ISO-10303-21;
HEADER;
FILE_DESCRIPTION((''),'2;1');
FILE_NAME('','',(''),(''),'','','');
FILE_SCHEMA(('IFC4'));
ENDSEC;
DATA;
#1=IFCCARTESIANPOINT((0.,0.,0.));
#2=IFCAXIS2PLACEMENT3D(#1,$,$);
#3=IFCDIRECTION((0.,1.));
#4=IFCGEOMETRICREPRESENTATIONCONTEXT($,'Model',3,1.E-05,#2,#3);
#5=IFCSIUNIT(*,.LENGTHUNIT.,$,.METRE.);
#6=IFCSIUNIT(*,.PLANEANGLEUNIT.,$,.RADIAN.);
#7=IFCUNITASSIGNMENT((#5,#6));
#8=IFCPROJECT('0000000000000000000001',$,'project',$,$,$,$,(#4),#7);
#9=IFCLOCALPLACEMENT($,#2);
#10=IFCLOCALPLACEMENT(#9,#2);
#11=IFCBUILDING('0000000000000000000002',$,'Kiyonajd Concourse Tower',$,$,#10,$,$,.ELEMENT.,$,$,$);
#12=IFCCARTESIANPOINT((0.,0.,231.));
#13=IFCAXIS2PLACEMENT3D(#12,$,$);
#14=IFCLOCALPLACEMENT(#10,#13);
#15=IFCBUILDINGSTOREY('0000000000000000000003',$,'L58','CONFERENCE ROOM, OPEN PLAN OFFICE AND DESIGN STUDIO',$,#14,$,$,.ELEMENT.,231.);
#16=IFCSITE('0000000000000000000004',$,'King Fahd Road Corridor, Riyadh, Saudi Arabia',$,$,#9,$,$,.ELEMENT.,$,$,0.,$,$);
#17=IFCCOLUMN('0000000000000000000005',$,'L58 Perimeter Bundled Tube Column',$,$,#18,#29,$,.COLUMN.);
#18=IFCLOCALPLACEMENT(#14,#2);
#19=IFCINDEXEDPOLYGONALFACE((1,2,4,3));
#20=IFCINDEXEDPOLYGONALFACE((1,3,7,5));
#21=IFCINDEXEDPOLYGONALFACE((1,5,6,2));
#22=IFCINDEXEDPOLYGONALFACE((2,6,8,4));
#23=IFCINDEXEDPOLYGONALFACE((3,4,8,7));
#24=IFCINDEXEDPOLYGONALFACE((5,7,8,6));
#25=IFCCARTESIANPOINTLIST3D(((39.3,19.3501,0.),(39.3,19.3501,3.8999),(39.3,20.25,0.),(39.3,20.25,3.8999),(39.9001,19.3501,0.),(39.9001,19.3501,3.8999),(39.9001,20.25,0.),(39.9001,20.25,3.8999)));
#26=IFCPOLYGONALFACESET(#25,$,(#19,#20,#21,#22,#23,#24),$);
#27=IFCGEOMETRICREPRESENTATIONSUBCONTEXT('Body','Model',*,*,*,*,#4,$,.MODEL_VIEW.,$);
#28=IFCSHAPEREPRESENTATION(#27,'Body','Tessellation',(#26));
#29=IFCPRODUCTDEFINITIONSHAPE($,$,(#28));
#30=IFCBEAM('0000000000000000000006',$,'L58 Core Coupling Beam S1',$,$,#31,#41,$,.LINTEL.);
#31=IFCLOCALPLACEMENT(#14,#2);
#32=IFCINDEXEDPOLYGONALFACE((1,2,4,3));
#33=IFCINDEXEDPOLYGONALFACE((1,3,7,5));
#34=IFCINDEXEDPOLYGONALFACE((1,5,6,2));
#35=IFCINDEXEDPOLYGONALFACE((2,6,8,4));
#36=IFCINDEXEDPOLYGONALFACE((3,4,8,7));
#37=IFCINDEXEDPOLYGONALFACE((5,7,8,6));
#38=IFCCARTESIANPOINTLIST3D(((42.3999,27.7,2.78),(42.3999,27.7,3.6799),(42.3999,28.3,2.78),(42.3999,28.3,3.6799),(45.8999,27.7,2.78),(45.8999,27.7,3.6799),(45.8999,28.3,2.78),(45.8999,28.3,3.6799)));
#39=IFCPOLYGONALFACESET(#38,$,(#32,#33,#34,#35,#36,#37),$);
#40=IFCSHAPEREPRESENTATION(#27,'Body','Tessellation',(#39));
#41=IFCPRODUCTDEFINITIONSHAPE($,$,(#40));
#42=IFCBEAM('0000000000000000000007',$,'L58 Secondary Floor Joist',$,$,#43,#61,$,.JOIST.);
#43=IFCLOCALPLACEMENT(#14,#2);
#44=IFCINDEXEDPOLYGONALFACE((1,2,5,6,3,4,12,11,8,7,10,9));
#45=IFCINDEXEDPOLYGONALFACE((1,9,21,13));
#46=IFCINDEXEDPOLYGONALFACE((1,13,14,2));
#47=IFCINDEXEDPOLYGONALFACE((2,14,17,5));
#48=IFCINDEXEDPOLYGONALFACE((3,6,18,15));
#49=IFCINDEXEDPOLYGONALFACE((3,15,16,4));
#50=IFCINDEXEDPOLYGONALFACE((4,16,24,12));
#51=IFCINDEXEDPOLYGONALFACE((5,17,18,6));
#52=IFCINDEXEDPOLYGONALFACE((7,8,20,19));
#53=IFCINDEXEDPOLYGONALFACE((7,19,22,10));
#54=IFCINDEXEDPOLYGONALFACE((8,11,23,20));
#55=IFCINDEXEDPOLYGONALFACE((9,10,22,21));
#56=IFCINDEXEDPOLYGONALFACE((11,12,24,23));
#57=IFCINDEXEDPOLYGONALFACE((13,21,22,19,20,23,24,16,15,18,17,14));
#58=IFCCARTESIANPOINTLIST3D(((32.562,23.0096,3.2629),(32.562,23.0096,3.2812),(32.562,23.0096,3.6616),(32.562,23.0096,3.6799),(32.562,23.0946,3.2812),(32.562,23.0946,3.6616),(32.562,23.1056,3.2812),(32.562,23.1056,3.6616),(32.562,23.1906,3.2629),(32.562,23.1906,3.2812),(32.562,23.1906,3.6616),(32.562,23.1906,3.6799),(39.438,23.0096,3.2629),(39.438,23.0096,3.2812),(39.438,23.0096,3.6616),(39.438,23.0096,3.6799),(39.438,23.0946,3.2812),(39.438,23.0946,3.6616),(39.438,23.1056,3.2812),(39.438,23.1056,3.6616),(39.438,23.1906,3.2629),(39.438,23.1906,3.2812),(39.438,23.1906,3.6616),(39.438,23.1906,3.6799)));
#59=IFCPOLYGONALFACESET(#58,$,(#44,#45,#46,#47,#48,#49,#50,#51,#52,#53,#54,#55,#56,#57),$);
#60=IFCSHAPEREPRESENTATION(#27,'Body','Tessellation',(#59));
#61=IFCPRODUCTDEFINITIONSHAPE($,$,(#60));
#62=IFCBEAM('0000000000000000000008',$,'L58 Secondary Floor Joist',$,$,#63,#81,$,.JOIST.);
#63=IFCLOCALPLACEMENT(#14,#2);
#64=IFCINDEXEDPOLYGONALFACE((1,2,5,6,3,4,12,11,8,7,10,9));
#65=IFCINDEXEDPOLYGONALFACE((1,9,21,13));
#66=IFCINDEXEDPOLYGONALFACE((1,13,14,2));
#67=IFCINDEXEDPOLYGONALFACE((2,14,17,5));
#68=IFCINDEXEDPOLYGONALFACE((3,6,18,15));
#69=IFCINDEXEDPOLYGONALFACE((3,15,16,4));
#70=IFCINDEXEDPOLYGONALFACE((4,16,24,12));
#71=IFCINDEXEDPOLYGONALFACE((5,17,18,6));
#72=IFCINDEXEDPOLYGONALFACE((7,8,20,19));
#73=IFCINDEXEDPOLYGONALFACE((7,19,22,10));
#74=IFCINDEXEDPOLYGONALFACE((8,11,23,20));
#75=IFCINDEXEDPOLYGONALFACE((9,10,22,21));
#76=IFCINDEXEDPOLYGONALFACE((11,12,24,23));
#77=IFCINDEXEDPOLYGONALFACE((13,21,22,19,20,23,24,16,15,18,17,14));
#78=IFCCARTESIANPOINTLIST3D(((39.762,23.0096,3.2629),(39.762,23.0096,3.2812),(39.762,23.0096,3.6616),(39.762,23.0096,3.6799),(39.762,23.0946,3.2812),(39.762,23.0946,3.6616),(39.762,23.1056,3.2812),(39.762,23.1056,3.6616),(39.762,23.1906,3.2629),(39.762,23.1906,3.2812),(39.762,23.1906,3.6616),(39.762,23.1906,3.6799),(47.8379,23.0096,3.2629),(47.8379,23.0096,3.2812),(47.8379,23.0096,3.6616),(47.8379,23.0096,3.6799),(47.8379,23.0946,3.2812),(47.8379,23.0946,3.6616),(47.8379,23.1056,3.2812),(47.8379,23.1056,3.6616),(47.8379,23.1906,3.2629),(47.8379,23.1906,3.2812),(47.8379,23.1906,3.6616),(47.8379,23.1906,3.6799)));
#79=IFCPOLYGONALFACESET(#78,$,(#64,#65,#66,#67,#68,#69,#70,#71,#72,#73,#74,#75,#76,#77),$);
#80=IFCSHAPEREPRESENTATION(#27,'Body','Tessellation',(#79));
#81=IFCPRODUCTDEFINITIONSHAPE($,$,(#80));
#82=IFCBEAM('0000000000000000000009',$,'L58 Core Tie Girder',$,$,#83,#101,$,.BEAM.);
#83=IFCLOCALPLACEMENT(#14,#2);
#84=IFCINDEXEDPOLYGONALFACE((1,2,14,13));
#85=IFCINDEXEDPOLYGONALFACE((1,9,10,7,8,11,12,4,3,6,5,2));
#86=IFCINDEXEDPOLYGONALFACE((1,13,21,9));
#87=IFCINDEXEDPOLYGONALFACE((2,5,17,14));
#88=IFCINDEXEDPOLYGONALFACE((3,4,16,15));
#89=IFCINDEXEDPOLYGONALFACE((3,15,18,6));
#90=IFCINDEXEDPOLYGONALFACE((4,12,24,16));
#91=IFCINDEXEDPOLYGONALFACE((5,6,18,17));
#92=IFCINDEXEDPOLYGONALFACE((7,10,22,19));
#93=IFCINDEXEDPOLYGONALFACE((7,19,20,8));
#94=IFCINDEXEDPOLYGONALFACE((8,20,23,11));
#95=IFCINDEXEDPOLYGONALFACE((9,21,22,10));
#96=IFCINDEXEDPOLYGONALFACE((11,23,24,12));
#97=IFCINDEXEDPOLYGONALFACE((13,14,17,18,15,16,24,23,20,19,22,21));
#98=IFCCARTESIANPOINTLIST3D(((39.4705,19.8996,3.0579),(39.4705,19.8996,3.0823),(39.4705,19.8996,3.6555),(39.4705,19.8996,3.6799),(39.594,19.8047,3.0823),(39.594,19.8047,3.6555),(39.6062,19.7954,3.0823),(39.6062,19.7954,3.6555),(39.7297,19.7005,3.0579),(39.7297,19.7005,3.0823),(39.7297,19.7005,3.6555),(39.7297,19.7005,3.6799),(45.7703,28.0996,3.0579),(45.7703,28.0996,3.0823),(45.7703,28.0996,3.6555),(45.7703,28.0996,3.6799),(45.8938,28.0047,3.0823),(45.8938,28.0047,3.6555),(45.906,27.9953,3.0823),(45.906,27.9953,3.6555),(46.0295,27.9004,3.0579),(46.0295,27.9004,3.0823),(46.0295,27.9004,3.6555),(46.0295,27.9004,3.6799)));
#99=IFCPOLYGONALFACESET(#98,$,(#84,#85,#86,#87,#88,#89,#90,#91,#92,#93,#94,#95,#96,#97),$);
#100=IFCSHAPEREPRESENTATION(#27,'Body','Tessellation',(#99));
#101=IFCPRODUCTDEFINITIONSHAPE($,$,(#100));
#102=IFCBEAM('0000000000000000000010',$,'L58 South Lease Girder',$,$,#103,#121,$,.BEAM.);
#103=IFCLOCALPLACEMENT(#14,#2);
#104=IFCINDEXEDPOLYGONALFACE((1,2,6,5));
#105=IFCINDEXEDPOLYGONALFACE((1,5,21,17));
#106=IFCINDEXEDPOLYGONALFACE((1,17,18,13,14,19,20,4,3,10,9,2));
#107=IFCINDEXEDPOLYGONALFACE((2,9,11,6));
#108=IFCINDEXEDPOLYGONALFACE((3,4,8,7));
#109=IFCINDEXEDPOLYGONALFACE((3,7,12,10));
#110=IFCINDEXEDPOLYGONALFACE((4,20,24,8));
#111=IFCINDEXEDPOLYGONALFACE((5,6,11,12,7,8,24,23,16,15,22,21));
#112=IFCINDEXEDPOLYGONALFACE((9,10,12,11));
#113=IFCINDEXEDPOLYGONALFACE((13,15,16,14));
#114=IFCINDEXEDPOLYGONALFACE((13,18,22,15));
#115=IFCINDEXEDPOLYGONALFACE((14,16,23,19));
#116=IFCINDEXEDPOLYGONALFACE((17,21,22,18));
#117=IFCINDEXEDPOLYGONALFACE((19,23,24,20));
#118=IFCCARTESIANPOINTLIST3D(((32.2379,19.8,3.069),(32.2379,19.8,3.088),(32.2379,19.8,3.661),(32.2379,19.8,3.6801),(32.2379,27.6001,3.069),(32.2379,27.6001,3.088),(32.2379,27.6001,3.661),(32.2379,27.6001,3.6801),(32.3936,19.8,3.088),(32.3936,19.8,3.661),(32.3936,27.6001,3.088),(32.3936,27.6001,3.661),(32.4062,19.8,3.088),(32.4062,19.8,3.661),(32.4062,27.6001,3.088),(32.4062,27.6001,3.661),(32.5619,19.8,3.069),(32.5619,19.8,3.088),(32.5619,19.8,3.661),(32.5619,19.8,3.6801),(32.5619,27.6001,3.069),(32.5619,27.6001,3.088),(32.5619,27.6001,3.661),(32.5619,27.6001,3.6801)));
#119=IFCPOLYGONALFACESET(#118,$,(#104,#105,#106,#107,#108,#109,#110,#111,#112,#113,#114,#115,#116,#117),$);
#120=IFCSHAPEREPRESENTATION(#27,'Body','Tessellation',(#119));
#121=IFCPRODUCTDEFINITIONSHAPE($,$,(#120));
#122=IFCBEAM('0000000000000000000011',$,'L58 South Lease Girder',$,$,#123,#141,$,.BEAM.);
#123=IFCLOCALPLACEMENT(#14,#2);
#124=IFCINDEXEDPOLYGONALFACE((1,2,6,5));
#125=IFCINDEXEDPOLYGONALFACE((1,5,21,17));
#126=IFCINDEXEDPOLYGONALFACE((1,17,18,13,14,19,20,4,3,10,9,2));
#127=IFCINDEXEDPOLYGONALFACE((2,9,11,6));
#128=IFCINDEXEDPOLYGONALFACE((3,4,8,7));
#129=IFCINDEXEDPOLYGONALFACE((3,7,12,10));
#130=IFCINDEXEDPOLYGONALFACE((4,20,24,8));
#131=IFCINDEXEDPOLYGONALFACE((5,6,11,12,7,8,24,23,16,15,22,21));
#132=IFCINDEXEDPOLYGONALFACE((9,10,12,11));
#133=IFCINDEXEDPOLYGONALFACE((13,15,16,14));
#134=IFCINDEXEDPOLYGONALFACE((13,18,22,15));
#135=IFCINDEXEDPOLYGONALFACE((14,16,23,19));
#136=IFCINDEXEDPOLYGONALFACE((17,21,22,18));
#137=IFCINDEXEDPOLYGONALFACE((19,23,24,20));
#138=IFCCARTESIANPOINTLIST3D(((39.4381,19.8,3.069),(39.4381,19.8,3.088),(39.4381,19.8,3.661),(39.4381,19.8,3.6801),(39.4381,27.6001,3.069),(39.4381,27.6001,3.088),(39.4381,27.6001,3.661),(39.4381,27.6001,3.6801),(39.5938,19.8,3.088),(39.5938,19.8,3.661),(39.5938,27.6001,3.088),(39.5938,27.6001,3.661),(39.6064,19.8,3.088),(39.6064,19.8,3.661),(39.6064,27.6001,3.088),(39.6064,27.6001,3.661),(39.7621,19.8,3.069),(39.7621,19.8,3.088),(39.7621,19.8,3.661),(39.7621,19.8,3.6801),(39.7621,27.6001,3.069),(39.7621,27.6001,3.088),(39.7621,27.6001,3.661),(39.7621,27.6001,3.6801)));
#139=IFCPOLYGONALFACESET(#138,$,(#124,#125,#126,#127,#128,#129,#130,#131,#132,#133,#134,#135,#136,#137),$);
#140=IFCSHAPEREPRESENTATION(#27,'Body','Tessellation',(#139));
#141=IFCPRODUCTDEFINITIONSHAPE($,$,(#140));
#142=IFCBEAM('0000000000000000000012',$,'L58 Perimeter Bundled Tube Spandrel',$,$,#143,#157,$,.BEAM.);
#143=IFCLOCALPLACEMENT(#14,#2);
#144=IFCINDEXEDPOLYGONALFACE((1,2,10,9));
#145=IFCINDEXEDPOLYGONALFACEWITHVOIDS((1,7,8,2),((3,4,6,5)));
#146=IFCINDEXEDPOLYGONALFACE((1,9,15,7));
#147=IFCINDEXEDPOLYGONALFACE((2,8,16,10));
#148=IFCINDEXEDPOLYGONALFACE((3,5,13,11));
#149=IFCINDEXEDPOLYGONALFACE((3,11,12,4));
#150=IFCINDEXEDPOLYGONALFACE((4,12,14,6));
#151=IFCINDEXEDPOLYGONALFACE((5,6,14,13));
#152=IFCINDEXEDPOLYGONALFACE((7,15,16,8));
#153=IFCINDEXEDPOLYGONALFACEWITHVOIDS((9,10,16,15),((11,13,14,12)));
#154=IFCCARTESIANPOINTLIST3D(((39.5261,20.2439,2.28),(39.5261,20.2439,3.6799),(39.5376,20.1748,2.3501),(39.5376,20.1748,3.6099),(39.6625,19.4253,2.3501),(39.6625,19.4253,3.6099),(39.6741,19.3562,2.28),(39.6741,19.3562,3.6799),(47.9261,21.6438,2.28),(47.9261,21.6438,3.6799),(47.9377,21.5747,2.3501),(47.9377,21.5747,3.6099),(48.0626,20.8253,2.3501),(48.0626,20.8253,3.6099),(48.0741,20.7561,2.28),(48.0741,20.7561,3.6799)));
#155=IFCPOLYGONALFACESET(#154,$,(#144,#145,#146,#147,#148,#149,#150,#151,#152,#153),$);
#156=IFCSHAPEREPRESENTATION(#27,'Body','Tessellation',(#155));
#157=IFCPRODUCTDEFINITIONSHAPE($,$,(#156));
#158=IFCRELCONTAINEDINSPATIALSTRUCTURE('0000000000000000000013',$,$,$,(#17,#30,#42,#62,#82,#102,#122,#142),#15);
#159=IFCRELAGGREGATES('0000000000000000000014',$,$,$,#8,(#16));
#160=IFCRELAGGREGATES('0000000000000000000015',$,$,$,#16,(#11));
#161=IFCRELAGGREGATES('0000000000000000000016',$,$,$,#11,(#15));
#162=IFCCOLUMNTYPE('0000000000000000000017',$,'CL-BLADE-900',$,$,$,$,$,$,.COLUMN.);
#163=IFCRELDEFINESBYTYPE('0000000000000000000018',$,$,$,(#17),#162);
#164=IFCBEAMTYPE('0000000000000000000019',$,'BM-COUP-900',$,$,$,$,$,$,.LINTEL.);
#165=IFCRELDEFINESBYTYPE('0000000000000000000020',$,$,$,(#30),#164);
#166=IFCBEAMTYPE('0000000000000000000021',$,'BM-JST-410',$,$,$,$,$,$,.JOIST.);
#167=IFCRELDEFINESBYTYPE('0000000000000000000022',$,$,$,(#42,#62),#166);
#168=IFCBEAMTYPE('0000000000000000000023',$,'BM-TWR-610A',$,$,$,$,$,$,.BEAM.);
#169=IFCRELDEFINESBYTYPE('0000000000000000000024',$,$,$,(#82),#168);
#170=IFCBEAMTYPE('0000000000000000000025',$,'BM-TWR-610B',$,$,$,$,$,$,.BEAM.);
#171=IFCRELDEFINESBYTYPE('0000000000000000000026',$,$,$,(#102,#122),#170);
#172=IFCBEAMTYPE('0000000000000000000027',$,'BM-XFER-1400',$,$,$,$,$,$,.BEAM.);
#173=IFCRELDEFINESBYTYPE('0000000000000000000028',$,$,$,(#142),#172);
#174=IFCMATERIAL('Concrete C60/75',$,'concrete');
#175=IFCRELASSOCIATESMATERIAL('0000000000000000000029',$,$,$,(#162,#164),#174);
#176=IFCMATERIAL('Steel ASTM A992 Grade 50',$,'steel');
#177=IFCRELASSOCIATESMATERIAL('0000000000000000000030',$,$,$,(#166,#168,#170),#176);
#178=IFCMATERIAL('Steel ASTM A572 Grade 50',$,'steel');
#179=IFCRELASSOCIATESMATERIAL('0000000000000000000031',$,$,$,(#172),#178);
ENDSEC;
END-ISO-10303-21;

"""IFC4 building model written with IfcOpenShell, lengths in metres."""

from ifc_helpers import new_model, si_unit, direction, frame, origin, origin_2d, place, context, subcontext, project, spatial, rectangle, hollow_rectangle, i_section, extrude, material, material_profile, profile_set, type_object, element, save


model = new_model("IFC4")

# Units and contexts
model_context = context("Model", 3, precision=1e-05, world=origin(), true_north=direction((0.0, 1.0)))
body_context = subcontext(model_context, "Body", "Model", "MODEL_VIEW")
ifc_project = project(units=[si_unit("LENGTHUNIT", "METRE"), si_unit("PLANEANGLEUNIT", "RADIAN")], contexts=[model_context])

# Site, building, storey
site_placement = place(None, origin())
site = spatial("IfcSite", under=ifc_project, at=site_placement, Name="King Fahd Road Corridor, Riyadh, Saudi Arabia", CompositionType="ELEMENT", RefElevation=0.0)
building_placement = place(site_placement, origin())
building = spatial("IfcBuilding", under=site, at=building_placement, Name="Kiyonajd Concourse Tower", CompositionType="ELEMENT")
storey_placement = place(building_placement, frame((0.0, 0.0, 231.0)))
storey = spatial("IfcBuildingStorey", under=building, at=storey_placement, Name="L58", Description="CONFERENCE ROOM, OPEN PLAN OFFICE AND DESIGN STUDIO", CompositionType="ELEMENT", Elevation=231.0)

# Column
ifc_material_1 = material(Name="Concrete C60/75", Category="concrete")
ifc_material_profile_1 = material_profile(ifc_material_1, rectangle(XDim=0.6001, YDim=0.8999, at=origin_2d()), Name="RC-900x600")
ifc_profile_set_1 = profile_set([ifc_material_profile_1], Name="Concrete C60/75")
column_type = type_object("IfcColumnType", Name="CL-BLADE-900", PredefinedType="COLUMN", material=ifc_profile_set_1)
column_placement = place(storey_placement, frame((39.6001, 19.8, 0.0), z_axis=(0.0, 0.0, 1.0), x_axis=(1.0, 0.0, 0.0)))
element("IfcColumn", 1, at=column_placement, inside=storey, type_object=column_type, Name="L58 Perimeter Bundled Tube Column", PredefinedType="COLUMN", context=body_context, shape_type="SweptSolid", body=[
    extrude(rectangle(XDim=0.6001, YDim=0.8999, at=origin_2d()), origin(), (0.0, 0.0, 1.0), 3.8999),
])

# Beams
ifc_material_profile_2 = material_profile(ifc_material_1, rectangle(XDim=0.6001, YDim=0.8999, at=origin_2d()), Name="RCBM-600x900")
ifc_profile_set_2 = profile_set([ifc_material_profile_2], Name="Concrete C60/75")
beam_type_1 = type_object("IfcBeamType", Name="BM-COUP-900", PredefinedType="LINTEL", material=ifc_profile_set_2)
beam_1_placement = place(storey_placement, frame((42.3999, 28.0, 3.23), z_axis=(1.0, 0.0, 0.0), x_axis=(0.0, 1.0, 0.0)))
element("IfcBeam", 2, at=beam_1_placement, inside=storey, type_object=beam_type_1, Name="L58 Core Coupling Beam S1", PredefinedType="LINTEL", context=body_context, shape_type="SweptSolid", body=[
    extrude(rectangle(XDim=0.6001, YDim=0.8999, at=origin_2d()), origin(), (0.0, 0.0, 1.0), 3.5),
])
ifc_material_2 = material(Name="Steel ASTM A992 Grade 50", Category="steel")
ifc_material_profile_3 = material_profile(ifc_material_2, i_section(OverallWidth=0.1809, OverallDepth=0.417, WebThickness=0.011, FlangeThickness=0.0183, at=origin_2d()), Name="W410X85")
ifc_profile_set_3 = profile_set([ifc_material_profile_3], Name="Steel ASTM A992 Grade 50")
beam_type_2 = type_object("IfcBeamType", Name="BM-JST-410", PredefinedType="JOIST", material=ifc_profile_set_3)
beam_2_placement = place(storey_placement, frame((32.562, 23.1001, 3.4714), z_axis=(1.0, 0.0, 0.0), x_axis=(0.0, 1.0, 0.0)))
element("IfcBeam", 3, at=beam_2_placement, inside=storey, type_object=beam_type_2, Name="L58 Secondary Floor Joist", PredefinedType="JOIST", context=body_context, shape_type="SweptSolid", body=[
    extrude(i_section(OverallWidth=0.1809, OverallDepth=0.417, WebThickness=0.011, FlangeThickness=0.0183, at=origin_2d()), origin(), (0.0, 0.0, 1.0), 6.876),
])
beam_3_placement = place(storey_placement, frame((39.762, 23.1001, 3.4714), z_axis=(1.0, 0.0, 0.0), x_axis=(0.0, 1.0, 0.0)))
element("IfcBeam", 4, at=beam_3_placement, inside=storey, type_object=beam_type_2, Name="L58 Secondary Floor Joist", PredefinedType="JOIST", context=body_context, shape_type="SweptSolid", body=[
    extrude(i_section(OverallWidth=0.1809, OverallDepth=0.417, WebThickness=0.011, FlangeThickness=0.0183, at=origin_2d()), origin(), (0.0, 0.0, 1.0), 8.0759),
])
ifc_material_profile_4 = material_profile(ifc_material_2, i_section(OverallWidth=0.3269, OverallDepth=0.6221, WebThickness=0.0154, FlangeThickness=0.0244, at=origin_2d()), Name="W610X195")
ifc_profile_set_4 = profile_set([ifc_material_profile_4], Name="Steel ASTM A992 Grade 50")
beam_type_3 = type_object("IfcBeamType", Name="BM-TWR-610A", PredefinedType="BEAM", material=ifc_profile_set_4)
beam_4_placement = place(storey_placement, frame((39.6001, 19.8, 3.3689), z_axis=(0.609234, 0.792991, 0.0), x_axis=(-0.792991, 0.609234, 0.0)))
element("IfcBeam", 5, at=beam_4_placement, inside=storey, type_object=beam_type_3, Name="L58 Core Tie Girder", PredefinedType="BEAM", context=body_context, shape_type="SweptSolid", body=[
    extrude(i_section(OverallWidth=0.3269, OverallDepth=0.6221, WebThickness=0.0154, FlangeThickness=0.0244, at=origin_2d()), origin(), (0.0, 0.0, 1.0), 10.3406),
])
ifc_material_profile_5 = material_profile(ifc_material_2, i_section(OverallWidth=0.324, OverallDepth=0.6111, WebThickness=0.0127, FlangeThickness=0.019, at=origin_2d()), Name="W610X155")
ifc_profile_set_5 = profile_set([ifc_material_profile_5], Name="Steel ASTM A992 Grade 50")
beam_type_4 = type_object("IfcBeamType", Name="BM-TWR-610B", PredefinedType="BEAM", material=ifc_profile_set_5)
for number, where, z_axis, x_axis, name in (
    (6, (32.3999, 19.8, 3.3745), (0.0, 1.0, 0.0), (-1.0, 0.0, 0.0), "L58 South Lease Girder"),
    (7, (39.6001, 19.8, 3.3745), (0.0, 1.0, 0.0), (-1.0, 0.0, 0.0), "L58 South Lease Girder"),
):
    element("IfcBeam", number, at=place(storey_placement, frame(where, z_axis=z_axis, x_axis=x_axis)), inside=storey, type_object=beam_type_4, Name=name, PredefinedType="BEAM", context=body_context, shape_type="SweptSolid", body=[
        extrude(i_section(OverallWidth=0.324, OverallDepth=0.6111, WebThickness=0.0127, FlangeThickness=0.019, at=origin_2d()), origin(), (0.0, 0.0, 1.0), 7.8),
    ])
ifc_material_3 = material(Name="Steel ASTM A572 Grade 50", Category="steel")
ifc_material_profile_6 = material_profile(ifc_material_3, hollow_rectangle(XDim=0.8999, YDim=1.3999, WallThickness=0.0701, at=origin_2d()), Name="BOX-1400x900x70")
ifc_profile_set_6 = profile_set([ifc_material_profile_6], Name="Steel ASTM A572 Grade 50")
beam_type_5 = type_object("IfcBeamType", Name="BM-XFER-1400", PredefinedType="BEAM", material=ifc_profile_set_6)
beam_5_placement = place(storey_placement, frame((39.6001, 19.8, 2.98), z_axis=(0.986395, 0.16439, 0.0), x_axis=(-0.16439, 0.986395, 0.0)))
element("IfcBeam", 8, at=beam_5_placement, inside=storey, type_object=beam_type_5, Name="L58 Perimeter Bundled Tube Spandrel", PredefinedType="BEAM", context=body_context, shape_type="SweptSolid", body=[
    extrude(hollow_rectangle(XDim=0.8999, YDim=1.3999, WallThickness=0.0701, at=origin_2d()), origin(), (0.0, 0.0, 1.0), 8.5159),
])

save(model, "model.ifc")
